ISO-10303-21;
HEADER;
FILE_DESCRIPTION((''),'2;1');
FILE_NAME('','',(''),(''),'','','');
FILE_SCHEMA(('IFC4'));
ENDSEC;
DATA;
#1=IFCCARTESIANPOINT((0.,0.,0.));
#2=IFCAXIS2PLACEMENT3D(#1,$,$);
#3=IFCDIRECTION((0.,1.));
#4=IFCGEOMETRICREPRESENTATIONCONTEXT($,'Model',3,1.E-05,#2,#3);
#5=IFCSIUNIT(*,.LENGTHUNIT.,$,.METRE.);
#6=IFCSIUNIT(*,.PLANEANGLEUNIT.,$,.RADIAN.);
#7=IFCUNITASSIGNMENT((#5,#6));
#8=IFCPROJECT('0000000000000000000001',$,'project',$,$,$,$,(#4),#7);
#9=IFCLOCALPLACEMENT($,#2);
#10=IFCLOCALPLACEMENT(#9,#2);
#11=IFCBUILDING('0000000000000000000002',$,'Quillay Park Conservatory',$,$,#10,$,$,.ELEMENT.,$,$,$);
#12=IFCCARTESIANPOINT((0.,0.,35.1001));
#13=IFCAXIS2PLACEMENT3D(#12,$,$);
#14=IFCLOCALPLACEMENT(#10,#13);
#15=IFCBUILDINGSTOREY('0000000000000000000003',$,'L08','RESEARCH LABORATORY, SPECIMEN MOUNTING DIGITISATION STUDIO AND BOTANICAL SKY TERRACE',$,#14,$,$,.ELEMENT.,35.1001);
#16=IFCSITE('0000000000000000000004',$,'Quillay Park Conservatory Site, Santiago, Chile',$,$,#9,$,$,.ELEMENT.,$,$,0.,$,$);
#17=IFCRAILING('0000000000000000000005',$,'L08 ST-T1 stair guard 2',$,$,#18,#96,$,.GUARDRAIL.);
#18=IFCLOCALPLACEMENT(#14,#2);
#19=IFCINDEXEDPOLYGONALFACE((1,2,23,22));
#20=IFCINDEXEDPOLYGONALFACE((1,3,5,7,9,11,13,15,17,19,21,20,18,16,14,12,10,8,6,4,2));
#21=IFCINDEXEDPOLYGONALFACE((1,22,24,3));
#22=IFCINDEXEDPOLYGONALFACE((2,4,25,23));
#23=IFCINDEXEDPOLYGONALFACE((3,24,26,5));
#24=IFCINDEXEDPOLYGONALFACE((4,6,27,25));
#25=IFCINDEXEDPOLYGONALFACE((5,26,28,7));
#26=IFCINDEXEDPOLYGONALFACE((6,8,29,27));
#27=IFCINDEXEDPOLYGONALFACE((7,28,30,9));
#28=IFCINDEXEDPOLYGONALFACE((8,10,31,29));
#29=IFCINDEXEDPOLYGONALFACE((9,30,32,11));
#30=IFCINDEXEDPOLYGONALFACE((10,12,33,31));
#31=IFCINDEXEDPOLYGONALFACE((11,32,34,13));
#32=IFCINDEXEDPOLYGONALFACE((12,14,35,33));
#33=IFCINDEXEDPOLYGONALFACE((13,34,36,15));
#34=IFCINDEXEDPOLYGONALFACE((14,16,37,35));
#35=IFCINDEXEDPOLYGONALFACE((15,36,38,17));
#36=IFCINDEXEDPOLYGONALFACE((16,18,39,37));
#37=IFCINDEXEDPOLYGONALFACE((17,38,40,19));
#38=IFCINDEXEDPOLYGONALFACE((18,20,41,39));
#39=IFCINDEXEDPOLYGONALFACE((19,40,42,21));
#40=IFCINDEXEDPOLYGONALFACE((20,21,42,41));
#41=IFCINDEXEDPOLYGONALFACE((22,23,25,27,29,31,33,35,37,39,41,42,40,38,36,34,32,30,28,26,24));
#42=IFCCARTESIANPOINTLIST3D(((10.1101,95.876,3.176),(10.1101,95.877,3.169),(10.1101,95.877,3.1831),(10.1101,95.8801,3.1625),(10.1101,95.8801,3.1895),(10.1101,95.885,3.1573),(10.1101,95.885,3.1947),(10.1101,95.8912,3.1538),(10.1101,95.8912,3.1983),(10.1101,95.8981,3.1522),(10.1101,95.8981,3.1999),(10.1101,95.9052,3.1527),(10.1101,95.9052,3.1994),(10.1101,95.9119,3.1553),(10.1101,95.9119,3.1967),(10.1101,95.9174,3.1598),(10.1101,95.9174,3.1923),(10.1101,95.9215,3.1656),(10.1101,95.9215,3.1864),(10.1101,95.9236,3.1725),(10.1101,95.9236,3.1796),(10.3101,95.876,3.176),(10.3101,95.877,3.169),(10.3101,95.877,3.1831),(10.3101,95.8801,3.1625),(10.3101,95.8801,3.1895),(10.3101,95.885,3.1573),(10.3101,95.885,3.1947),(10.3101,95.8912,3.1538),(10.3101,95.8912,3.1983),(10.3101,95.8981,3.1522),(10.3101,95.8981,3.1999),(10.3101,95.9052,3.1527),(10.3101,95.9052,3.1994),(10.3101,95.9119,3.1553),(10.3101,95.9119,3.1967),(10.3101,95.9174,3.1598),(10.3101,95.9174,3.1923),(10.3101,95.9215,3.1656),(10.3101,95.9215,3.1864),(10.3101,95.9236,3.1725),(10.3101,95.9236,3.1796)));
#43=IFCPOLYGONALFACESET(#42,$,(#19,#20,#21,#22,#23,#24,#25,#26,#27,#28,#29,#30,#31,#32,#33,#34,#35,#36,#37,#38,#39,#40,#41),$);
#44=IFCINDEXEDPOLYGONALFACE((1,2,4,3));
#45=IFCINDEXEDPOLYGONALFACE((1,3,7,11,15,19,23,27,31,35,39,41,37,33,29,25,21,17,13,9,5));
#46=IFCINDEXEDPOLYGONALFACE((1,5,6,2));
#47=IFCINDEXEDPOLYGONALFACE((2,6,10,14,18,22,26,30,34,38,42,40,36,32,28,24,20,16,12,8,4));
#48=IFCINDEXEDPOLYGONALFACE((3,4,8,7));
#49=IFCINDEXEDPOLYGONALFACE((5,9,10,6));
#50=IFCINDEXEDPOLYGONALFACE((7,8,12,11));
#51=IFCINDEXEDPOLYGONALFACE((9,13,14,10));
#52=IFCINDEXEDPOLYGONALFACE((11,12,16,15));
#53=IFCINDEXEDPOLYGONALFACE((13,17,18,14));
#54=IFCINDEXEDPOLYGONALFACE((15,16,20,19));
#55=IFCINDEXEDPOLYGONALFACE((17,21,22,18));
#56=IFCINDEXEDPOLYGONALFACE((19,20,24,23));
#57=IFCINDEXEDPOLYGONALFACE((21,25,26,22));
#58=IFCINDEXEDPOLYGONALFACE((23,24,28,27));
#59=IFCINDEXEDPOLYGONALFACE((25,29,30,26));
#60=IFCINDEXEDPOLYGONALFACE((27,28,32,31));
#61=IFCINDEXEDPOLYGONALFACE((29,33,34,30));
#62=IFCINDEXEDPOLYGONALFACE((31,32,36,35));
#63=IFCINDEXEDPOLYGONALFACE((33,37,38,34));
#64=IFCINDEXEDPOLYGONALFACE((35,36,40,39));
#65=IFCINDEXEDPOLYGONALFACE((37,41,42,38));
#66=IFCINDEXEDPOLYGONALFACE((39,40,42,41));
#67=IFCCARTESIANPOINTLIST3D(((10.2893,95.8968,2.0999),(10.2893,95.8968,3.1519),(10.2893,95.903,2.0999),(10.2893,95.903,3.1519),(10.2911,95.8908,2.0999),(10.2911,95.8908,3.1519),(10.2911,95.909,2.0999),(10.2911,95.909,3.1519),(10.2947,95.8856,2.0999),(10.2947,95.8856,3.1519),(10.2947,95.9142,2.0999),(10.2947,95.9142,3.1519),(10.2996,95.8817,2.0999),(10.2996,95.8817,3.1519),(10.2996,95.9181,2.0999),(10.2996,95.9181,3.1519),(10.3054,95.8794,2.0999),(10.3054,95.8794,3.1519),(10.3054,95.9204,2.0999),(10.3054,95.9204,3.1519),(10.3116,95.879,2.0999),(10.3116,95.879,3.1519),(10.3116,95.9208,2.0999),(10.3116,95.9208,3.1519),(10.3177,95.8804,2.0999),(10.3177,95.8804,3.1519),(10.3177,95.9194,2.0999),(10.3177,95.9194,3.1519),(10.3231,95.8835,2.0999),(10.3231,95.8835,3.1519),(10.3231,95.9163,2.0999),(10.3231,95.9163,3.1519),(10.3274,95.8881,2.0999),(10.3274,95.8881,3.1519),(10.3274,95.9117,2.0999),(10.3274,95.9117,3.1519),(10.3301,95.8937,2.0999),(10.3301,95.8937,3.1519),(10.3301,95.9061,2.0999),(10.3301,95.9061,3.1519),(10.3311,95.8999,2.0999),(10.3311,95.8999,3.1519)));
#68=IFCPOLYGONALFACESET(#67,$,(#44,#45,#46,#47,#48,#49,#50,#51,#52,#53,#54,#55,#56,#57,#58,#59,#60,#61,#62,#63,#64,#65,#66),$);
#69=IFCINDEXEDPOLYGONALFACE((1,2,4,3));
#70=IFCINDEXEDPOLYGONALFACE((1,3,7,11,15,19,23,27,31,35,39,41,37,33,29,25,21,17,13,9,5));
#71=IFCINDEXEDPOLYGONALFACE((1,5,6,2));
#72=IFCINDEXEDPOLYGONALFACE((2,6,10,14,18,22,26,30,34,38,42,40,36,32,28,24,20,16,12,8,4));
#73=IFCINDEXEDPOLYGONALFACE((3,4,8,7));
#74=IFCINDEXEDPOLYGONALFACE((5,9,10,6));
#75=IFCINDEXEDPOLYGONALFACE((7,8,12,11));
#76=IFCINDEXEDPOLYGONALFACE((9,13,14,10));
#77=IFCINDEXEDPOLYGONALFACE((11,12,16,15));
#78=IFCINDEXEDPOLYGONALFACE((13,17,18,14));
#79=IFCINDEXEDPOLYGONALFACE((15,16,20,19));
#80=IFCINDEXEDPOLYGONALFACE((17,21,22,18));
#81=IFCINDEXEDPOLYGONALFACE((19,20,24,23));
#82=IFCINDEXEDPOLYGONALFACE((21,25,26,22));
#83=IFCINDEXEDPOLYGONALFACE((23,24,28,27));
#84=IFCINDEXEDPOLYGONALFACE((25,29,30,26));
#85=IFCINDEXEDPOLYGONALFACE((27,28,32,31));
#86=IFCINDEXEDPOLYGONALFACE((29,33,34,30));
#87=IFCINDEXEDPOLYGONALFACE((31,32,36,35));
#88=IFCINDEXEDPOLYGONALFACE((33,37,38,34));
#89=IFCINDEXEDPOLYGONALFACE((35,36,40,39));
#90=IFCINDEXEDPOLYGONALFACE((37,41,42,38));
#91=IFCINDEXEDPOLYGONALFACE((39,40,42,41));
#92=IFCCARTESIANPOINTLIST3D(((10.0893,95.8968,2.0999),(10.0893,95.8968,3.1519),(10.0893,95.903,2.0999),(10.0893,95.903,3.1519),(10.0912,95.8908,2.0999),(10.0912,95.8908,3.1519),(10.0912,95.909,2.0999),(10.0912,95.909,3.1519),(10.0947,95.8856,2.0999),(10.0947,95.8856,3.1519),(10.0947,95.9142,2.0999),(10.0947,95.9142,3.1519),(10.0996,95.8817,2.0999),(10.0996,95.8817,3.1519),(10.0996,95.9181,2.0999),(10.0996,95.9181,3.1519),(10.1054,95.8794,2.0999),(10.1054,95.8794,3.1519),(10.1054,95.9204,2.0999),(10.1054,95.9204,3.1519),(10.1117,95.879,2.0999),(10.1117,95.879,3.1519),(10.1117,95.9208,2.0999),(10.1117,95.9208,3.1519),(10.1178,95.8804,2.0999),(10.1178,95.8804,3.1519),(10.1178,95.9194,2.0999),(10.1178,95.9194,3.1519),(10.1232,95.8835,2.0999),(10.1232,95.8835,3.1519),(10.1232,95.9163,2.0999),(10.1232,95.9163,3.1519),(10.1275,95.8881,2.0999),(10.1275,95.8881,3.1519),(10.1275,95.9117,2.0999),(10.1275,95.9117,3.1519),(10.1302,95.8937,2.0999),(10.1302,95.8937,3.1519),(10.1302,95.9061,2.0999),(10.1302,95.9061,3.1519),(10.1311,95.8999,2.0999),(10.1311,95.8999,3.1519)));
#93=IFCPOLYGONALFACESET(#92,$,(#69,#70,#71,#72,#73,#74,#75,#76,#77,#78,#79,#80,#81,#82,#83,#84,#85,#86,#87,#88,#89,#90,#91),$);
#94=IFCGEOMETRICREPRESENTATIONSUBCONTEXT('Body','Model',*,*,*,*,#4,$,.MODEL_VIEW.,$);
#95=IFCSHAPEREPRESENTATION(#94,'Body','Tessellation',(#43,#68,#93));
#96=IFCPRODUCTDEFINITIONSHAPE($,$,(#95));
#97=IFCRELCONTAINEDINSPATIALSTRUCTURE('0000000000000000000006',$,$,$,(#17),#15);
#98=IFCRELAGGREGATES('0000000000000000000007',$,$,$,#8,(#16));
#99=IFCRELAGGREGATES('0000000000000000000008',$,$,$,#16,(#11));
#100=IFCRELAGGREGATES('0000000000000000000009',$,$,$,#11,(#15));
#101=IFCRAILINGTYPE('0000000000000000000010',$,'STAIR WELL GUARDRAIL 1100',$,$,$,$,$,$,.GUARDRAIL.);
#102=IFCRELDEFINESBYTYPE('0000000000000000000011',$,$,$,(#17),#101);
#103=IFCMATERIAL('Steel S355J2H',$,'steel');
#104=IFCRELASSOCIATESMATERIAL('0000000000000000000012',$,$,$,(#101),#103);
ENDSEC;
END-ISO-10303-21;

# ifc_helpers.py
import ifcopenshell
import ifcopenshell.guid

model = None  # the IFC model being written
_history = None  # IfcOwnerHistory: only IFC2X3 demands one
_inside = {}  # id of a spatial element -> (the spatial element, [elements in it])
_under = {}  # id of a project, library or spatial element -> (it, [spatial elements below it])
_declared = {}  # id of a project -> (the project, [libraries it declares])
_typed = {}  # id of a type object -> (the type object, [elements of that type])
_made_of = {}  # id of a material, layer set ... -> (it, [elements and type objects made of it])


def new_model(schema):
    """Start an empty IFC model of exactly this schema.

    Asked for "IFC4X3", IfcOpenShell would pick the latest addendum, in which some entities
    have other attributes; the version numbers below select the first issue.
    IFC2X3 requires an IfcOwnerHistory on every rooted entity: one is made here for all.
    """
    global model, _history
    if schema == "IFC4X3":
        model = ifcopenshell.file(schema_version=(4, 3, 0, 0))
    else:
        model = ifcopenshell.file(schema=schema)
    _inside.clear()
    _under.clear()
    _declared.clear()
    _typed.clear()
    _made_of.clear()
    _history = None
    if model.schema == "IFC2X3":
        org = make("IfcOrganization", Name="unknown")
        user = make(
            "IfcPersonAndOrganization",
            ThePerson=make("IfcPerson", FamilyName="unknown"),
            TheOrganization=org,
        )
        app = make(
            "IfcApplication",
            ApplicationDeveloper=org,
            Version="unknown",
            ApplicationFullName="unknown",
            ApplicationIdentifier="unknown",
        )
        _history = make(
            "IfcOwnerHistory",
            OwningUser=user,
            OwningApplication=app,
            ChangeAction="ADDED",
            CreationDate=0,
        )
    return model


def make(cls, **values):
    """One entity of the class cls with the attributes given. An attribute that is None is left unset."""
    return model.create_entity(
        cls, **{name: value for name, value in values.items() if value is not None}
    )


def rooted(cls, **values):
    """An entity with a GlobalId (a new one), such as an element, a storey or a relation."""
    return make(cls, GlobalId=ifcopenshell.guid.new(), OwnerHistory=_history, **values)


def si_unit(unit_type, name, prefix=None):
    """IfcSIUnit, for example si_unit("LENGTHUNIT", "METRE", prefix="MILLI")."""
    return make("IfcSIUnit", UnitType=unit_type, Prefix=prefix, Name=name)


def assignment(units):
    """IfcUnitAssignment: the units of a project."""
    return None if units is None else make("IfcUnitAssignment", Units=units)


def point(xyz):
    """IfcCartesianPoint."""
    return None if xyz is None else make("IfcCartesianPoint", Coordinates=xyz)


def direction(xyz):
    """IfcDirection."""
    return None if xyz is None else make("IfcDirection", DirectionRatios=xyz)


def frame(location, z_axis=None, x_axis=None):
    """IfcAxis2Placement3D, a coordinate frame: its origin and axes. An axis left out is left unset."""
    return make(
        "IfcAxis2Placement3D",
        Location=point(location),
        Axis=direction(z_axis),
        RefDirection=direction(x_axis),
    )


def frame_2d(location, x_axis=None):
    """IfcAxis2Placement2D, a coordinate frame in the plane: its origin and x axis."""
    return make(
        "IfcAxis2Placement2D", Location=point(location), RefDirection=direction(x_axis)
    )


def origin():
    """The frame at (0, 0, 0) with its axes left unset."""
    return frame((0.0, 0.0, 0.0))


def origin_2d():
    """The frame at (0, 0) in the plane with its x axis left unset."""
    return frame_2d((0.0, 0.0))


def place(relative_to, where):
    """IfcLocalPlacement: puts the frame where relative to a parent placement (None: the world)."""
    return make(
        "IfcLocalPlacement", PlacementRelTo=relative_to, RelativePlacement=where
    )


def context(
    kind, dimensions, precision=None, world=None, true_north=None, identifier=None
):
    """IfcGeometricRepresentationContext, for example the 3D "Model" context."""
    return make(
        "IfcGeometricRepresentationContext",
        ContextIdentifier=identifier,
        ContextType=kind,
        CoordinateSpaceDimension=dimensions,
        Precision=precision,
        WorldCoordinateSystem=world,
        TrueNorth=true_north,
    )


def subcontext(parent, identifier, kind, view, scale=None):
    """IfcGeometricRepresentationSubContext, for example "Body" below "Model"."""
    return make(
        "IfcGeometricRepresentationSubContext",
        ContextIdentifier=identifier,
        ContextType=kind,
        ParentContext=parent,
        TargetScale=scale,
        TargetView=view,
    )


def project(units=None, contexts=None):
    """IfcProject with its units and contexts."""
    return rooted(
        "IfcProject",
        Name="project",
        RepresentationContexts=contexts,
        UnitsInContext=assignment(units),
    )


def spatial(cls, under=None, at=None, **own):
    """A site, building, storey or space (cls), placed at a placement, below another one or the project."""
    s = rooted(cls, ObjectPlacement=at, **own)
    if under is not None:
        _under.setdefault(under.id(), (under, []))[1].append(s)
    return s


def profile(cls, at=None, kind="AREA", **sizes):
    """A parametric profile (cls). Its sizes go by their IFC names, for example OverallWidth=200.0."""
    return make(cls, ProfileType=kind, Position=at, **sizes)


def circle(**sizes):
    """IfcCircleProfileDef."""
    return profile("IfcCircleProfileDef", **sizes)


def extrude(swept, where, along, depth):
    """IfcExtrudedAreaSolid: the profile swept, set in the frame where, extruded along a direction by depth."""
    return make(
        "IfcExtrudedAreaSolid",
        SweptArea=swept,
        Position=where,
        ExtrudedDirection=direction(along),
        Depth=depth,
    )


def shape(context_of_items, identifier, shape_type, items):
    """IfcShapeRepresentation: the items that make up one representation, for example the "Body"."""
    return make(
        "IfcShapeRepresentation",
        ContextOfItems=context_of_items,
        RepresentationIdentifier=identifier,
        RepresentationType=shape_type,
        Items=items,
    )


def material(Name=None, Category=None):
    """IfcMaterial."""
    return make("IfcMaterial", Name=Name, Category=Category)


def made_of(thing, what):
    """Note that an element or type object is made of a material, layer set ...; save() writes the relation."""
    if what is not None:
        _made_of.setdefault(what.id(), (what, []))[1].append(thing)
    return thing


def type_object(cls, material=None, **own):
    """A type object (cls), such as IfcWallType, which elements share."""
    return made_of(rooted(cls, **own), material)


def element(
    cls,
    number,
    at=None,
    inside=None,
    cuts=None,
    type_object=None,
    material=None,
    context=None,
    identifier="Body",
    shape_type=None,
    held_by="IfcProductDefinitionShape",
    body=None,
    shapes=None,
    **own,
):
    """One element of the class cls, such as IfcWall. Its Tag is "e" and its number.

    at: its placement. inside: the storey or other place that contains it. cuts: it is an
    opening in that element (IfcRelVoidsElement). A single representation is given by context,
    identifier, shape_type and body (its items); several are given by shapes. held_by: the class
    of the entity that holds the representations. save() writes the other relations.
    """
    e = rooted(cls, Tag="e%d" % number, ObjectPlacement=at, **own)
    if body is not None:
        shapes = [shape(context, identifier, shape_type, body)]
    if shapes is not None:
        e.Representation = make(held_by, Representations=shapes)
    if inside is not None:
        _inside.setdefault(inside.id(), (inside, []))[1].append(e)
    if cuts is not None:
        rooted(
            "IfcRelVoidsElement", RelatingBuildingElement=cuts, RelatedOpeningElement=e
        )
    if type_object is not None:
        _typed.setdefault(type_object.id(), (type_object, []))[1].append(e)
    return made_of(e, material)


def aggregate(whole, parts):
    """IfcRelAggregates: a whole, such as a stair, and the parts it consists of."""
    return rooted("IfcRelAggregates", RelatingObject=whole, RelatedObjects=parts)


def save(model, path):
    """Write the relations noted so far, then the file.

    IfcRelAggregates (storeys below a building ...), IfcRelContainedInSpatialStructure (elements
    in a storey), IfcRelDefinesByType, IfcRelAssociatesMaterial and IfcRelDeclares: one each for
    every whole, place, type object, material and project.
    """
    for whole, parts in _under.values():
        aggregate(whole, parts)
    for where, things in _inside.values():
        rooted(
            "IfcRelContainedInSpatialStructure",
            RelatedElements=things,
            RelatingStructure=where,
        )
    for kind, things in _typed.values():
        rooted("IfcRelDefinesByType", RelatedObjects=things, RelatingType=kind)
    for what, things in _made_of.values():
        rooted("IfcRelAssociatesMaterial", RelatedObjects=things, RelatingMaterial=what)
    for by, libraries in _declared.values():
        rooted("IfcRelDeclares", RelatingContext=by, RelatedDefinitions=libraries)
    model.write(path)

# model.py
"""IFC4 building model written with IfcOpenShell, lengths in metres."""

from ifc_helpers import new_model, si_unit, direction, frame, origin, origin_2d, place, context, subcontext, project, spatial, circle, extrude, material, type_object, element, save


model = new_model("IFC4")

# Units and contexts
model_context = context("Model", 3, precision=1e-05, world=origin(), true_north=direction((0.0, 1.0)))
body_context = subcontext(model_context, "Body", "Model", "MODEL_VIEW")
ifc_project = project(units=[si_unit("LENGTHUNIT", "METRE"), si_unit("PLANEANGLEUNIT", "RADIAN")], contexts=[model_context])

# Site, building, storey
site_placement = place(None, origin())
site = spatial("IfcSite", under=ifc_project, at=site_placement, Name="Quillay Park Conservatory Site, Santiago, Chile", CompositionType="ELEMENT", RefElevation=0.0)
building_placement = place(site_placement, origin())
building = spatial("IfcBuilding", under=site, at=building_placement, Name="Quillay Park Conservatory", CompositionType="ELEMENT")
storey_placement = place(building_placement, frame((0.0, 0.0, 35.1001)))
storey = spatial("IfcBuildingStorey", under=building, at=storey_placement, Name="L08", Description="RESEARCH LABORATORY, SPECIMEN MOUNTING DIGITISATION STUDIO AND BOTANICAL SKY TERRACE", CompositionType="ELEMENT", Elevation=35.1001)

# Railing
ifc_material_1 = material(Name="Steel S355J2H", Category="steel")
railing_type_1 = type_object("IfcRailingType", Name="STAIR WELL GUARDRAIL 1100", PredefinedType="GUARDRAIL", material=ifc_material_1)
railing_1_placement = place(storey_placement, frame((10.3101, 95.8999, 2.0999)))
element("IfcRailing", 1, at=railing_1_placement, inside=storey, type_object=railing_type_1, Name="L08 ST-T1 stair guard 2", PredefinedType="GUARDRAIL", context=body_context, shape_type="SweptSolid", body=[
    extrude(circle(Radius=0.0239, at=origin_2d()), frame((0.0, 0.0, 1.0762), z_axis=(-1.0, 0.0, 0.0), x_axis=(0.0, -1.0, 0.0)), (0.0, 0.0, 1.0), 0.2),
    extrude(circle(Radius=0.021, at=origin_2d()), origin(), (0.0, 0.0, 1.0), 1.052),
    extrude(circle(Radius=0.021, at=origin_2d()), frame((-0.2, 0.0, 0.0)), (0.0, 0.0, 1.0), 1.052),
])

save(model, "model.ifc")
